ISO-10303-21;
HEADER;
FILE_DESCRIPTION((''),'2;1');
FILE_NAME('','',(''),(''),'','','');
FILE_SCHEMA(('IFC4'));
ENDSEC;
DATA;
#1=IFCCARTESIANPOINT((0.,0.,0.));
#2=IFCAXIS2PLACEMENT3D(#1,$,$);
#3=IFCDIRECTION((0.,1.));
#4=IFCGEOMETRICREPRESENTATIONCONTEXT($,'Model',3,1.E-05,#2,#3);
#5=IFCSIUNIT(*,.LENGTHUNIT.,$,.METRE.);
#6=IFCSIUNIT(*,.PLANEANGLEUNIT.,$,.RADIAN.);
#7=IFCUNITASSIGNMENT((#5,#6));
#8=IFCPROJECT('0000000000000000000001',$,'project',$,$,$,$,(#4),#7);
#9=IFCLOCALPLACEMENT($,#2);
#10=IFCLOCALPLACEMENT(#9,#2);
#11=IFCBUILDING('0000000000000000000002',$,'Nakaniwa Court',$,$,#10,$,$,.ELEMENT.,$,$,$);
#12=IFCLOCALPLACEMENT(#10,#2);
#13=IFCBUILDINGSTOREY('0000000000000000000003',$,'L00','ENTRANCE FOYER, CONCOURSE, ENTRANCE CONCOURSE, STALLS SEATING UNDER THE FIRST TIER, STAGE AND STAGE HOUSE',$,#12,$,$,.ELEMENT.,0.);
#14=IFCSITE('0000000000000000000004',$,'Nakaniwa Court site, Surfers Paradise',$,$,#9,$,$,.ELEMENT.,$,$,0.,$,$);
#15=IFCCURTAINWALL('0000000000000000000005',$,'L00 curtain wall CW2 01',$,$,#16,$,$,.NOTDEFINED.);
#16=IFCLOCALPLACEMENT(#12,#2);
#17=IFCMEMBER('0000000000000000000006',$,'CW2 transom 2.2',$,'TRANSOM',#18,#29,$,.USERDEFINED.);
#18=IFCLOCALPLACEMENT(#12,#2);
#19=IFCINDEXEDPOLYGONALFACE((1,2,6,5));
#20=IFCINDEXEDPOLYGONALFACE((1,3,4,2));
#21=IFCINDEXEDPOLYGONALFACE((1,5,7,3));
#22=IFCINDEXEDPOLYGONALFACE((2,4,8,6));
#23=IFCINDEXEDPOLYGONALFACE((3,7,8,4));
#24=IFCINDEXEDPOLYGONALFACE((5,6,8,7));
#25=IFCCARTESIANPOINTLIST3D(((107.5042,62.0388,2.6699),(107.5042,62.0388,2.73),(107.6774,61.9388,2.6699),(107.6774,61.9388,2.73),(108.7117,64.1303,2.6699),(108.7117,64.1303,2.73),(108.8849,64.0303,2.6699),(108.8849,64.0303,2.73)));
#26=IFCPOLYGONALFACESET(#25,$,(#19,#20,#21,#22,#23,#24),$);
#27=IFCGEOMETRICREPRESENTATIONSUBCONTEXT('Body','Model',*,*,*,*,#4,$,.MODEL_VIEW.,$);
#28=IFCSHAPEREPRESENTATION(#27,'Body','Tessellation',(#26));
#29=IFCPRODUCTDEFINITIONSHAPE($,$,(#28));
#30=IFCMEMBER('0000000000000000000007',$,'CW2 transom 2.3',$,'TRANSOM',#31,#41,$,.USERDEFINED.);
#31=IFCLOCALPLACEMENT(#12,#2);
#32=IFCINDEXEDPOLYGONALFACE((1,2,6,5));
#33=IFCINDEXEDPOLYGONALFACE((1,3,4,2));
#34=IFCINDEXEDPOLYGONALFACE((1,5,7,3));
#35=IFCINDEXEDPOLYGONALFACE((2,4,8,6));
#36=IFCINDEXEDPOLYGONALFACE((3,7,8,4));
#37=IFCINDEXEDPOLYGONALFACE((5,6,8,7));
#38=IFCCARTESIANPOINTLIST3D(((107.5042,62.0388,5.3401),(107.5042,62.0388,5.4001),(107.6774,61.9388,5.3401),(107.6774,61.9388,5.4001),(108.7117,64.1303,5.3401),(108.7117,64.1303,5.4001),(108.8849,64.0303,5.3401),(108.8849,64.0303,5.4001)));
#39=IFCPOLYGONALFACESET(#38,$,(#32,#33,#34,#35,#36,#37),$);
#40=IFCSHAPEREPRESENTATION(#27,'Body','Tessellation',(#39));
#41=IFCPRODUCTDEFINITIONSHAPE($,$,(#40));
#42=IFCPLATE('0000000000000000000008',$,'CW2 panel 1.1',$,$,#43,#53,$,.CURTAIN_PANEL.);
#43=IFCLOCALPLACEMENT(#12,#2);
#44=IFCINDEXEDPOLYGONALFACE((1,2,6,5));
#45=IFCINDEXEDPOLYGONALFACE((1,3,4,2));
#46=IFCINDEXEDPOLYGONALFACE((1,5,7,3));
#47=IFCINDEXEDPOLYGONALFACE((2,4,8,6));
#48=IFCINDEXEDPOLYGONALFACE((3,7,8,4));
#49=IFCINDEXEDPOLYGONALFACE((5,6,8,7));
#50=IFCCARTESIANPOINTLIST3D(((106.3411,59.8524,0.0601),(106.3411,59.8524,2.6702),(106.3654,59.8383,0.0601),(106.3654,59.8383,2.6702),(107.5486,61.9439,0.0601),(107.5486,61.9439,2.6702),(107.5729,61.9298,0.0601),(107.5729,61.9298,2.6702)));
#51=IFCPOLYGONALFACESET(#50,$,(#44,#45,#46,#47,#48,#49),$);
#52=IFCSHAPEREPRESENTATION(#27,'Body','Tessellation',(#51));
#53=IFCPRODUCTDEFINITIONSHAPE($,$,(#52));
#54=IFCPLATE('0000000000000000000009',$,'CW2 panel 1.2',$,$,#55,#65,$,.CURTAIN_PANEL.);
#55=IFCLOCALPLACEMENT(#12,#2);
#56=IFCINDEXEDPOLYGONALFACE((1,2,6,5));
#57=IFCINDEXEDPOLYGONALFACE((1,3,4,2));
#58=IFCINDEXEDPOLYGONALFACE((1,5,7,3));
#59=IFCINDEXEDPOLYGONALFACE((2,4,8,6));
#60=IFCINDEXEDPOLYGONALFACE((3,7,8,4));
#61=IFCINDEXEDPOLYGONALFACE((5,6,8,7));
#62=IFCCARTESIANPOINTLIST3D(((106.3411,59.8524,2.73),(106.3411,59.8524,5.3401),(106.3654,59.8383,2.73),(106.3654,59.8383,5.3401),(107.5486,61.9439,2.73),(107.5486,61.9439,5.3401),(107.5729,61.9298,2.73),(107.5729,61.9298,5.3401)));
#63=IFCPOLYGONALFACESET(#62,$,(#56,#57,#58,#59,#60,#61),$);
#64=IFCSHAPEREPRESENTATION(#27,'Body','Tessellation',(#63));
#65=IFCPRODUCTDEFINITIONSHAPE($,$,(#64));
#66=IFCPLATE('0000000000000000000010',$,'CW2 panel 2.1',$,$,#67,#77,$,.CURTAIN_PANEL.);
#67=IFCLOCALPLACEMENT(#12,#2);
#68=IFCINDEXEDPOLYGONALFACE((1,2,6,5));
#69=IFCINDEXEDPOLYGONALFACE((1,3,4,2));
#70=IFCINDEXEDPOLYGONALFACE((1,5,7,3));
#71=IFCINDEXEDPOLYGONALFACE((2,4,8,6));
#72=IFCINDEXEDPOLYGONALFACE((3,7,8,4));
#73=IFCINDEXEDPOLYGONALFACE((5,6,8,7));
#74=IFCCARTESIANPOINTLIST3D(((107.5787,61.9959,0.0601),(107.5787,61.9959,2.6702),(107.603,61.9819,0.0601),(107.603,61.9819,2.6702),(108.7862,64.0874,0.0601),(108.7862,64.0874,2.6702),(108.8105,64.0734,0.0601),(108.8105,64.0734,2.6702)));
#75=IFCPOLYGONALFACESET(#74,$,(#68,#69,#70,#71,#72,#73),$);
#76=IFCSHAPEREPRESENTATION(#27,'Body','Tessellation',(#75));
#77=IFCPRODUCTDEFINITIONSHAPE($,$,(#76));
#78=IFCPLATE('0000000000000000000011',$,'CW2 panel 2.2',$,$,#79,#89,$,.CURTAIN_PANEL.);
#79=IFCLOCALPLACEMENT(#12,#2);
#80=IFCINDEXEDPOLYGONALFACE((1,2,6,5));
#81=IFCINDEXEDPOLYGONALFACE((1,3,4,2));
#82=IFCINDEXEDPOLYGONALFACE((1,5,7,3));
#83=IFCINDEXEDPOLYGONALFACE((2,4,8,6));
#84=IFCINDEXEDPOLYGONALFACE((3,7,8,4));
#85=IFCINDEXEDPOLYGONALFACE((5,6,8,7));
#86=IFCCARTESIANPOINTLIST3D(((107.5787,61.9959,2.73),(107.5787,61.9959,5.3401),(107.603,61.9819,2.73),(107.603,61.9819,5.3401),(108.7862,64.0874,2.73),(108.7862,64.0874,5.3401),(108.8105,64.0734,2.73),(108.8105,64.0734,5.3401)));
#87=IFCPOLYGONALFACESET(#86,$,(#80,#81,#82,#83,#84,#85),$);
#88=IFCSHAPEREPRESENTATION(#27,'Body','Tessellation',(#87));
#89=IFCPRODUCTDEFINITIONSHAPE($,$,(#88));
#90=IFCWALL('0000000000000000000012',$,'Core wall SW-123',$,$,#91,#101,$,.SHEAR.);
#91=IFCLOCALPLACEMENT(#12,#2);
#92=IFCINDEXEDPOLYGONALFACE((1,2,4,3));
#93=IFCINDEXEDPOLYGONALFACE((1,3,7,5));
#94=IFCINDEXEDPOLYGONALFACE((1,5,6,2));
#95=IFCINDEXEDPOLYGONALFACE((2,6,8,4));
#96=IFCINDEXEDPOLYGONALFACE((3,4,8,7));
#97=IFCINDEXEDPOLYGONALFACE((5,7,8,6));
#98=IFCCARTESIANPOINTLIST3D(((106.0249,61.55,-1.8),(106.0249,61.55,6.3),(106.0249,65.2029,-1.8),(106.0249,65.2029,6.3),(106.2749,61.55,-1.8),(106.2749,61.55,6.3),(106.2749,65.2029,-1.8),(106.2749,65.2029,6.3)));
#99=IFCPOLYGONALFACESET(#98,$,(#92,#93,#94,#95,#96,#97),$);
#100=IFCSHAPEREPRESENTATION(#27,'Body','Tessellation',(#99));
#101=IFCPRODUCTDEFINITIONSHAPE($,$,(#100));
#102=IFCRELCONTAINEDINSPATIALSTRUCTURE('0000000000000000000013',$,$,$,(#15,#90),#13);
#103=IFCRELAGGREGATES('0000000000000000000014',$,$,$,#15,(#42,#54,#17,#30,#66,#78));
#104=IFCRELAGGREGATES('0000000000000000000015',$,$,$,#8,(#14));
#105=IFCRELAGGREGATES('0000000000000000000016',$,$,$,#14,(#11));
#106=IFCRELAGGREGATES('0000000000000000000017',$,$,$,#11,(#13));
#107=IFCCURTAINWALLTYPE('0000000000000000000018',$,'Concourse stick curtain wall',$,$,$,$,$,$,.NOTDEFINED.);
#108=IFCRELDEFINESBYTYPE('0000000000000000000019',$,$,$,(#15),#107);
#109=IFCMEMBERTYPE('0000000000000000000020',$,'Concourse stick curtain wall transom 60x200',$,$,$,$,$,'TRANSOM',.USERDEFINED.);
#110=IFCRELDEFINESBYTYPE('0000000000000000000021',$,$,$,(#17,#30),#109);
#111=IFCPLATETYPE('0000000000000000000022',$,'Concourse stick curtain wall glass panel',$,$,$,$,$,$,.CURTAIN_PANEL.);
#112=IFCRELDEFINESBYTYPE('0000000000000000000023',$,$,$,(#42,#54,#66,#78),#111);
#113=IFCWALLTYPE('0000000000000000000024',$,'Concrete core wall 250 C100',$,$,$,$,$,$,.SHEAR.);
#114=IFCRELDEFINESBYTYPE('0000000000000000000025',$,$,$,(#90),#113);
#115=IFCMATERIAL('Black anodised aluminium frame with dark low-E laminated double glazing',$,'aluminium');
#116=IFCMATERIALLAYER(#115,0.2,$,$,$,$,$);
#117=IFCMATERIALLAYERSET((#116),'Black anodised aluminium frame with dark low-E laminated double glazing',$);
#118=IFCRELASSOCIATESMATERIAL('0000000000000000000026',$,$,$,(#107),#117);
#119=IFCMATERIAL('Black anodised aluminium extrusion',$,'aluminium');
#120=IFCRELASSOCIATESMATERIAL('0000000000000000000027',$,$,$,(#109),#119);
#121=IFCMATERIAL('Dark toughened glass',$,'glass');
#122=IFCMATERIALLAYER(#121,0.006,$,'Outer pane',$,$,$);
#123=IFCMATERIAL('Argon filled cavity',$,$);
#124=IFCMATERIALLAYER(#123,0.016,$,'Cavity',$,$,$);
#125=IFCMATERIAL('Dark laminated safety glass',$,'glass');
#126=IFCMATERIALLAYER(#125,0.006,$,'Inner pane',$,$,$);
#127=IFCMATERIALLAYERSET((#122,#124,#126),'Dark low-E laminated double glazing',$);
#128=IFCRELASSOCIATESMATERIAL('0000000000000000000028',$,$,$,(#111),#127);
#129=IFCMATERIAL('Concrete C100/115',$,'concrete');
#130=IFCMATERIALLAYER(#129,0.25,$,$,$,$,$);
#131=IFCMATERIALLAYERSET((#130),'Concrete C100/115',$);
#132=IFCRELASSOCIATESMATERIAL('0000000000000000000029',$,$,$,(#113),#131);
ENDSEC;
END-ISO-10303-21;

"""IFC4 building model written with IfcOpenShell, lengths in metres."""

from ifc_helpers import new_model, si_unit, direction, frame, frame_2d, origin, origin_2d, place, context, subcontext, project, spatial, rectangle, extrude, material, layer, layer_set, material_profile, profile_set, type_object, element, aggregate, save


model = new_model("IFC4")

# Units and contexts
model_context = context("Model", 3, precision=1e-05, world=origin(), true_north=direction((0.0, 1.0)))
body_context = subcontext(model_context, "Body", "Model", "MODEL_VIEW")
ifc_project = project(units=[si_unit("LENGTHUNIT", "METRE"), si_unit("PLANEANGLEUNIT", "RADIAN")], contexts=[model_context])

# Site, building, storey
site_placement = place(None, origin())
site = spatial("IfcSite", under=ifc_project, at=site_placement, Name="Nakaniwa Court site, Surfers Paradise", CompositionType="ELEMENT", RefElevation=0.0)
building_placement = place(site_placement, origin())
building = spatial("IfcBuilding", under=site, at=building_placement, Name="Nakaniwa Court", CompositionType="ELEMENT")
storey_placement = place(building_placement, origin())
storey = spatial("IfcBuildingStorey", under=building, at=storey_placement, Name="L00", Description="ENTRANCE FOYER, CONCOURSE, ENTRANCE CONCOURSE, STALLS SEATING UNDER THE FIRST TIER, STAGE AND STAGE HOUSE", CompositionType="ELEMENT", Elevation=0.0)

# Curtain wall, members, plates
ifc_material_1 = material(Name="Black anodised aluminium frame with dark low-E laminated double glazing", Category="aluminium")
ifc_layer_1 = layer(ifc_material_1, 0.2)
ifc_layer_set_1 = layer_set([ifc_layer_1], Name="Black anodised aluminium frame with dark low-E laminated double glazing")
curtain_wall_type = type_object("IfcCurtainWallType", Name="Concourse stick curtain wall", PredefinedType="NOTDEFINED", material=ifc_layer_set_1)
curtain_wall_placement = place(storey_placement, origin())
curtain_wall = element("IfcCurtainWall", 1, at=curtain_wall_placement, inside=storey, type_object=curtain_wall_type, Name="L00 curtain wall CW2 01", PredefinedType="NOTDEFINED")
ifc_material_2 = material(Name="Black anodised aluminium extrusion", Category="aluminium")
ifc_material_profile_1 = material_profile(ifc_material_2, rectangle(XDim=0.2, YDim=0.0601, at=origin_2d()), Name="Concourse stick curtain wall transom 60x200")
ifc_profile_set_1 = profile_set([ifc_material_profile_1], Name="Black anodised aluminium extrusion")
member_type_1 = type_object("IfcMemberType", Name="Concourse stick curtain wall transom 60x200", ElementType="TRANSOM", PredefinedType="USERDEFINED", material=ifc_profile_set_1)
member_1_placement = place(storey_placement, frame((107.5908, 61.9888, 2.7), z_axis=(0.499988, 0.866032, 0.0), x_axis=(-0.866032, 0.499988, 0.0)))
member_1 = element("IfcMember", 2, at=member_1_placement, type_object=member_type_1, Name="CW2 transom 2.2", ObjectType="TRANSOM", PredefinedType="USERDEFINED", context=body_context, shape_type="SweptSolid", body=[
    extrude(rectangle(XDim=0.2, YDim=0.0601, at=origin_2d()), origin(), (0.0, 0.0, 1.0), 2.415),
])
member_2_placement = place(storey_placement, frame((107.5908, 61.9888, 5.3701), z_axis=(0.499988, 0.866032, 0.0), x_axis=(-0.866032, 0.499988, 0.0)))
member_2 = element("IfcMember", 3, at=member_2_placement, type_object=member_type_1, Name="CW2 transom 2.3", ObjectType="TRANSOM", PredefinedType="USERDEFINED", context=body_context, shape_type="SweptSolid", body=[
    extrude(rectangle(XDim=0.2, YDim=0.0601, at=origin_2d()), origin(), (0.0, 0.0, 1.0), 2.415),
])
ifc_material_3 = material(Name="Dark toughened glass", Category="glass")
ifc_layer_2 = layer(ifc_material_3, 0.006, Name="Outer pane")
ifc_material_4 = material(Name="Argon filled cavity")
ifc_layer_3 = layer(ifc_material_4, 0.016, Name="Cavity")
ifc_material_5 = material(Name="Dark laminated safety glass", Category="glass")
ifc_layer_4 = layer(ifc_material_5, 0.006, Name="Inner pane")
ifc_layer_set_2 = layer_set([ifc_layer_2, ifc_layer_3, ifc_layer_4], Name="Dark low-E laminated double glazing")
plate_type = type_object("IfcPlateType", Name="Concourse stick curtain wall glass panel", PredefinedType="CURTAIN_PANEL", material=ifc_layer_set_2)
plate_1_placement = place(storey_placement, frame((106.957, 60.8911, 0.0601), z_axis=(0.0, 0.0, 1.0), x_axis=(0.499988, 0.866032, 0.0)))
plate_1 = element("IfcPlate", 4, at=plate_1_placement, type_object=plate_type, Name="CW2 panel 1.1", PredefinedType="CURTAIN_PANEL", context=body_context, shape_type="SweptSolid", body=[
    extrude(rectangle(XDim=2.415, YDim=0.0281, at=origin_2d()), origin(), (0.0, 0.0, 1.0), 2.6101),
])
plate_2_placement = place(storey_placement, frame((106.957, 60.8911, 2.73), z_axis=(0.0, 0.0, 1.0), x_axis=(0.499988, 0.866032, 0.0)))
plate_2 = element("IfcPlate", 5, at=plate_2_placement, type_object=plate_type, Name="CW2 panel 1.2", PredefinedType="CURTAIN_PANEL", context=body_context, shape_type="SweptSolid", body=[
    extrude(rectangle(XDim=2.415, YDim=0.0281, at=origin_2d()), origin(), (0.0, 0.0, 1.0), 2.6101),
])
plate_3_placement = place(storey_placement, frame((108.1946, 63.0347, 0.0601), z_axis=(0.0, 0.0, 1.0), x_axis=(0.499988, 0.866032, 0.0)))
plate_3 = element("IfcPlate", 6, at=plate_3_placement, type_object=plate_type, Name="CW2 panel 2.1", PredefinedType="CURTAIN_PANEL", context=body_context, shape_type="SweptSolid", body=[
    extrude(rectangle(XDim=2.415, YDim=0.0281, at=origin_2d()), origin(), (0.0, 0.0, 1.0), 2.6101),
])
plate_4_placement = place(storey_placement, frame((108.1946, 63.0347, 2.73), z_axis=(0.0, 0.0, 1.0), x_axis=(0.499988, 0.866032, 0.0)))
plate_4 = element("IfcPlate", 7, at=plate_4_placement, type_object=plate_type, Name="CW2 panel 2.2", PredefinedType="CURTAIN_PANEL", context=body_context, shape_type="SweptSolid", body=[
    extrude(rectangle(XDim=2.415, YDim=0.0281, at=origin_2d()), origin(), (0.0, 0.0, 1.0), 2.6101),
])
aggregate(curtain_wall, [plate_1, plate_2, member_1, member_2, plate_3, plate_4])

# Wall
ifc_material_6 = material(Name="Concrete C100/115", Category="concrete")
ifc_layer_5 = layer(ifc_material_6, 0.25)
ifc_layer_set_3 = layer_set([ifc_layer_5], Name="Concrete C100/115")
wall_type = type_object("IfcWallType", Name="Concrete core wall 250 C100", PredefinedType="SHEAR", material=ifc_layer_set_3)
wall_placement = place(storey_placement, frame((106.1499, 61.55, -1.8), z_axis=(0.0, 0.0, 1.0), x_axis=(0.0, 1.0, 0.0)))
element("IfcWall", 8, at=wall_placement, inside=storey, type_object=wall_type, Name="Core wall SW-123", PredefinedType="SHEAR", context=body_context, shape_type="SweptSolid", body=[
    extrude(rectangle(XDim=3.6528, YDim=0.25, at=frame_2d((1.8264, 0.0))), origin(), (0.0, 0.0, 1.0), 8.1001),
])

save(model, "model.ifc")
